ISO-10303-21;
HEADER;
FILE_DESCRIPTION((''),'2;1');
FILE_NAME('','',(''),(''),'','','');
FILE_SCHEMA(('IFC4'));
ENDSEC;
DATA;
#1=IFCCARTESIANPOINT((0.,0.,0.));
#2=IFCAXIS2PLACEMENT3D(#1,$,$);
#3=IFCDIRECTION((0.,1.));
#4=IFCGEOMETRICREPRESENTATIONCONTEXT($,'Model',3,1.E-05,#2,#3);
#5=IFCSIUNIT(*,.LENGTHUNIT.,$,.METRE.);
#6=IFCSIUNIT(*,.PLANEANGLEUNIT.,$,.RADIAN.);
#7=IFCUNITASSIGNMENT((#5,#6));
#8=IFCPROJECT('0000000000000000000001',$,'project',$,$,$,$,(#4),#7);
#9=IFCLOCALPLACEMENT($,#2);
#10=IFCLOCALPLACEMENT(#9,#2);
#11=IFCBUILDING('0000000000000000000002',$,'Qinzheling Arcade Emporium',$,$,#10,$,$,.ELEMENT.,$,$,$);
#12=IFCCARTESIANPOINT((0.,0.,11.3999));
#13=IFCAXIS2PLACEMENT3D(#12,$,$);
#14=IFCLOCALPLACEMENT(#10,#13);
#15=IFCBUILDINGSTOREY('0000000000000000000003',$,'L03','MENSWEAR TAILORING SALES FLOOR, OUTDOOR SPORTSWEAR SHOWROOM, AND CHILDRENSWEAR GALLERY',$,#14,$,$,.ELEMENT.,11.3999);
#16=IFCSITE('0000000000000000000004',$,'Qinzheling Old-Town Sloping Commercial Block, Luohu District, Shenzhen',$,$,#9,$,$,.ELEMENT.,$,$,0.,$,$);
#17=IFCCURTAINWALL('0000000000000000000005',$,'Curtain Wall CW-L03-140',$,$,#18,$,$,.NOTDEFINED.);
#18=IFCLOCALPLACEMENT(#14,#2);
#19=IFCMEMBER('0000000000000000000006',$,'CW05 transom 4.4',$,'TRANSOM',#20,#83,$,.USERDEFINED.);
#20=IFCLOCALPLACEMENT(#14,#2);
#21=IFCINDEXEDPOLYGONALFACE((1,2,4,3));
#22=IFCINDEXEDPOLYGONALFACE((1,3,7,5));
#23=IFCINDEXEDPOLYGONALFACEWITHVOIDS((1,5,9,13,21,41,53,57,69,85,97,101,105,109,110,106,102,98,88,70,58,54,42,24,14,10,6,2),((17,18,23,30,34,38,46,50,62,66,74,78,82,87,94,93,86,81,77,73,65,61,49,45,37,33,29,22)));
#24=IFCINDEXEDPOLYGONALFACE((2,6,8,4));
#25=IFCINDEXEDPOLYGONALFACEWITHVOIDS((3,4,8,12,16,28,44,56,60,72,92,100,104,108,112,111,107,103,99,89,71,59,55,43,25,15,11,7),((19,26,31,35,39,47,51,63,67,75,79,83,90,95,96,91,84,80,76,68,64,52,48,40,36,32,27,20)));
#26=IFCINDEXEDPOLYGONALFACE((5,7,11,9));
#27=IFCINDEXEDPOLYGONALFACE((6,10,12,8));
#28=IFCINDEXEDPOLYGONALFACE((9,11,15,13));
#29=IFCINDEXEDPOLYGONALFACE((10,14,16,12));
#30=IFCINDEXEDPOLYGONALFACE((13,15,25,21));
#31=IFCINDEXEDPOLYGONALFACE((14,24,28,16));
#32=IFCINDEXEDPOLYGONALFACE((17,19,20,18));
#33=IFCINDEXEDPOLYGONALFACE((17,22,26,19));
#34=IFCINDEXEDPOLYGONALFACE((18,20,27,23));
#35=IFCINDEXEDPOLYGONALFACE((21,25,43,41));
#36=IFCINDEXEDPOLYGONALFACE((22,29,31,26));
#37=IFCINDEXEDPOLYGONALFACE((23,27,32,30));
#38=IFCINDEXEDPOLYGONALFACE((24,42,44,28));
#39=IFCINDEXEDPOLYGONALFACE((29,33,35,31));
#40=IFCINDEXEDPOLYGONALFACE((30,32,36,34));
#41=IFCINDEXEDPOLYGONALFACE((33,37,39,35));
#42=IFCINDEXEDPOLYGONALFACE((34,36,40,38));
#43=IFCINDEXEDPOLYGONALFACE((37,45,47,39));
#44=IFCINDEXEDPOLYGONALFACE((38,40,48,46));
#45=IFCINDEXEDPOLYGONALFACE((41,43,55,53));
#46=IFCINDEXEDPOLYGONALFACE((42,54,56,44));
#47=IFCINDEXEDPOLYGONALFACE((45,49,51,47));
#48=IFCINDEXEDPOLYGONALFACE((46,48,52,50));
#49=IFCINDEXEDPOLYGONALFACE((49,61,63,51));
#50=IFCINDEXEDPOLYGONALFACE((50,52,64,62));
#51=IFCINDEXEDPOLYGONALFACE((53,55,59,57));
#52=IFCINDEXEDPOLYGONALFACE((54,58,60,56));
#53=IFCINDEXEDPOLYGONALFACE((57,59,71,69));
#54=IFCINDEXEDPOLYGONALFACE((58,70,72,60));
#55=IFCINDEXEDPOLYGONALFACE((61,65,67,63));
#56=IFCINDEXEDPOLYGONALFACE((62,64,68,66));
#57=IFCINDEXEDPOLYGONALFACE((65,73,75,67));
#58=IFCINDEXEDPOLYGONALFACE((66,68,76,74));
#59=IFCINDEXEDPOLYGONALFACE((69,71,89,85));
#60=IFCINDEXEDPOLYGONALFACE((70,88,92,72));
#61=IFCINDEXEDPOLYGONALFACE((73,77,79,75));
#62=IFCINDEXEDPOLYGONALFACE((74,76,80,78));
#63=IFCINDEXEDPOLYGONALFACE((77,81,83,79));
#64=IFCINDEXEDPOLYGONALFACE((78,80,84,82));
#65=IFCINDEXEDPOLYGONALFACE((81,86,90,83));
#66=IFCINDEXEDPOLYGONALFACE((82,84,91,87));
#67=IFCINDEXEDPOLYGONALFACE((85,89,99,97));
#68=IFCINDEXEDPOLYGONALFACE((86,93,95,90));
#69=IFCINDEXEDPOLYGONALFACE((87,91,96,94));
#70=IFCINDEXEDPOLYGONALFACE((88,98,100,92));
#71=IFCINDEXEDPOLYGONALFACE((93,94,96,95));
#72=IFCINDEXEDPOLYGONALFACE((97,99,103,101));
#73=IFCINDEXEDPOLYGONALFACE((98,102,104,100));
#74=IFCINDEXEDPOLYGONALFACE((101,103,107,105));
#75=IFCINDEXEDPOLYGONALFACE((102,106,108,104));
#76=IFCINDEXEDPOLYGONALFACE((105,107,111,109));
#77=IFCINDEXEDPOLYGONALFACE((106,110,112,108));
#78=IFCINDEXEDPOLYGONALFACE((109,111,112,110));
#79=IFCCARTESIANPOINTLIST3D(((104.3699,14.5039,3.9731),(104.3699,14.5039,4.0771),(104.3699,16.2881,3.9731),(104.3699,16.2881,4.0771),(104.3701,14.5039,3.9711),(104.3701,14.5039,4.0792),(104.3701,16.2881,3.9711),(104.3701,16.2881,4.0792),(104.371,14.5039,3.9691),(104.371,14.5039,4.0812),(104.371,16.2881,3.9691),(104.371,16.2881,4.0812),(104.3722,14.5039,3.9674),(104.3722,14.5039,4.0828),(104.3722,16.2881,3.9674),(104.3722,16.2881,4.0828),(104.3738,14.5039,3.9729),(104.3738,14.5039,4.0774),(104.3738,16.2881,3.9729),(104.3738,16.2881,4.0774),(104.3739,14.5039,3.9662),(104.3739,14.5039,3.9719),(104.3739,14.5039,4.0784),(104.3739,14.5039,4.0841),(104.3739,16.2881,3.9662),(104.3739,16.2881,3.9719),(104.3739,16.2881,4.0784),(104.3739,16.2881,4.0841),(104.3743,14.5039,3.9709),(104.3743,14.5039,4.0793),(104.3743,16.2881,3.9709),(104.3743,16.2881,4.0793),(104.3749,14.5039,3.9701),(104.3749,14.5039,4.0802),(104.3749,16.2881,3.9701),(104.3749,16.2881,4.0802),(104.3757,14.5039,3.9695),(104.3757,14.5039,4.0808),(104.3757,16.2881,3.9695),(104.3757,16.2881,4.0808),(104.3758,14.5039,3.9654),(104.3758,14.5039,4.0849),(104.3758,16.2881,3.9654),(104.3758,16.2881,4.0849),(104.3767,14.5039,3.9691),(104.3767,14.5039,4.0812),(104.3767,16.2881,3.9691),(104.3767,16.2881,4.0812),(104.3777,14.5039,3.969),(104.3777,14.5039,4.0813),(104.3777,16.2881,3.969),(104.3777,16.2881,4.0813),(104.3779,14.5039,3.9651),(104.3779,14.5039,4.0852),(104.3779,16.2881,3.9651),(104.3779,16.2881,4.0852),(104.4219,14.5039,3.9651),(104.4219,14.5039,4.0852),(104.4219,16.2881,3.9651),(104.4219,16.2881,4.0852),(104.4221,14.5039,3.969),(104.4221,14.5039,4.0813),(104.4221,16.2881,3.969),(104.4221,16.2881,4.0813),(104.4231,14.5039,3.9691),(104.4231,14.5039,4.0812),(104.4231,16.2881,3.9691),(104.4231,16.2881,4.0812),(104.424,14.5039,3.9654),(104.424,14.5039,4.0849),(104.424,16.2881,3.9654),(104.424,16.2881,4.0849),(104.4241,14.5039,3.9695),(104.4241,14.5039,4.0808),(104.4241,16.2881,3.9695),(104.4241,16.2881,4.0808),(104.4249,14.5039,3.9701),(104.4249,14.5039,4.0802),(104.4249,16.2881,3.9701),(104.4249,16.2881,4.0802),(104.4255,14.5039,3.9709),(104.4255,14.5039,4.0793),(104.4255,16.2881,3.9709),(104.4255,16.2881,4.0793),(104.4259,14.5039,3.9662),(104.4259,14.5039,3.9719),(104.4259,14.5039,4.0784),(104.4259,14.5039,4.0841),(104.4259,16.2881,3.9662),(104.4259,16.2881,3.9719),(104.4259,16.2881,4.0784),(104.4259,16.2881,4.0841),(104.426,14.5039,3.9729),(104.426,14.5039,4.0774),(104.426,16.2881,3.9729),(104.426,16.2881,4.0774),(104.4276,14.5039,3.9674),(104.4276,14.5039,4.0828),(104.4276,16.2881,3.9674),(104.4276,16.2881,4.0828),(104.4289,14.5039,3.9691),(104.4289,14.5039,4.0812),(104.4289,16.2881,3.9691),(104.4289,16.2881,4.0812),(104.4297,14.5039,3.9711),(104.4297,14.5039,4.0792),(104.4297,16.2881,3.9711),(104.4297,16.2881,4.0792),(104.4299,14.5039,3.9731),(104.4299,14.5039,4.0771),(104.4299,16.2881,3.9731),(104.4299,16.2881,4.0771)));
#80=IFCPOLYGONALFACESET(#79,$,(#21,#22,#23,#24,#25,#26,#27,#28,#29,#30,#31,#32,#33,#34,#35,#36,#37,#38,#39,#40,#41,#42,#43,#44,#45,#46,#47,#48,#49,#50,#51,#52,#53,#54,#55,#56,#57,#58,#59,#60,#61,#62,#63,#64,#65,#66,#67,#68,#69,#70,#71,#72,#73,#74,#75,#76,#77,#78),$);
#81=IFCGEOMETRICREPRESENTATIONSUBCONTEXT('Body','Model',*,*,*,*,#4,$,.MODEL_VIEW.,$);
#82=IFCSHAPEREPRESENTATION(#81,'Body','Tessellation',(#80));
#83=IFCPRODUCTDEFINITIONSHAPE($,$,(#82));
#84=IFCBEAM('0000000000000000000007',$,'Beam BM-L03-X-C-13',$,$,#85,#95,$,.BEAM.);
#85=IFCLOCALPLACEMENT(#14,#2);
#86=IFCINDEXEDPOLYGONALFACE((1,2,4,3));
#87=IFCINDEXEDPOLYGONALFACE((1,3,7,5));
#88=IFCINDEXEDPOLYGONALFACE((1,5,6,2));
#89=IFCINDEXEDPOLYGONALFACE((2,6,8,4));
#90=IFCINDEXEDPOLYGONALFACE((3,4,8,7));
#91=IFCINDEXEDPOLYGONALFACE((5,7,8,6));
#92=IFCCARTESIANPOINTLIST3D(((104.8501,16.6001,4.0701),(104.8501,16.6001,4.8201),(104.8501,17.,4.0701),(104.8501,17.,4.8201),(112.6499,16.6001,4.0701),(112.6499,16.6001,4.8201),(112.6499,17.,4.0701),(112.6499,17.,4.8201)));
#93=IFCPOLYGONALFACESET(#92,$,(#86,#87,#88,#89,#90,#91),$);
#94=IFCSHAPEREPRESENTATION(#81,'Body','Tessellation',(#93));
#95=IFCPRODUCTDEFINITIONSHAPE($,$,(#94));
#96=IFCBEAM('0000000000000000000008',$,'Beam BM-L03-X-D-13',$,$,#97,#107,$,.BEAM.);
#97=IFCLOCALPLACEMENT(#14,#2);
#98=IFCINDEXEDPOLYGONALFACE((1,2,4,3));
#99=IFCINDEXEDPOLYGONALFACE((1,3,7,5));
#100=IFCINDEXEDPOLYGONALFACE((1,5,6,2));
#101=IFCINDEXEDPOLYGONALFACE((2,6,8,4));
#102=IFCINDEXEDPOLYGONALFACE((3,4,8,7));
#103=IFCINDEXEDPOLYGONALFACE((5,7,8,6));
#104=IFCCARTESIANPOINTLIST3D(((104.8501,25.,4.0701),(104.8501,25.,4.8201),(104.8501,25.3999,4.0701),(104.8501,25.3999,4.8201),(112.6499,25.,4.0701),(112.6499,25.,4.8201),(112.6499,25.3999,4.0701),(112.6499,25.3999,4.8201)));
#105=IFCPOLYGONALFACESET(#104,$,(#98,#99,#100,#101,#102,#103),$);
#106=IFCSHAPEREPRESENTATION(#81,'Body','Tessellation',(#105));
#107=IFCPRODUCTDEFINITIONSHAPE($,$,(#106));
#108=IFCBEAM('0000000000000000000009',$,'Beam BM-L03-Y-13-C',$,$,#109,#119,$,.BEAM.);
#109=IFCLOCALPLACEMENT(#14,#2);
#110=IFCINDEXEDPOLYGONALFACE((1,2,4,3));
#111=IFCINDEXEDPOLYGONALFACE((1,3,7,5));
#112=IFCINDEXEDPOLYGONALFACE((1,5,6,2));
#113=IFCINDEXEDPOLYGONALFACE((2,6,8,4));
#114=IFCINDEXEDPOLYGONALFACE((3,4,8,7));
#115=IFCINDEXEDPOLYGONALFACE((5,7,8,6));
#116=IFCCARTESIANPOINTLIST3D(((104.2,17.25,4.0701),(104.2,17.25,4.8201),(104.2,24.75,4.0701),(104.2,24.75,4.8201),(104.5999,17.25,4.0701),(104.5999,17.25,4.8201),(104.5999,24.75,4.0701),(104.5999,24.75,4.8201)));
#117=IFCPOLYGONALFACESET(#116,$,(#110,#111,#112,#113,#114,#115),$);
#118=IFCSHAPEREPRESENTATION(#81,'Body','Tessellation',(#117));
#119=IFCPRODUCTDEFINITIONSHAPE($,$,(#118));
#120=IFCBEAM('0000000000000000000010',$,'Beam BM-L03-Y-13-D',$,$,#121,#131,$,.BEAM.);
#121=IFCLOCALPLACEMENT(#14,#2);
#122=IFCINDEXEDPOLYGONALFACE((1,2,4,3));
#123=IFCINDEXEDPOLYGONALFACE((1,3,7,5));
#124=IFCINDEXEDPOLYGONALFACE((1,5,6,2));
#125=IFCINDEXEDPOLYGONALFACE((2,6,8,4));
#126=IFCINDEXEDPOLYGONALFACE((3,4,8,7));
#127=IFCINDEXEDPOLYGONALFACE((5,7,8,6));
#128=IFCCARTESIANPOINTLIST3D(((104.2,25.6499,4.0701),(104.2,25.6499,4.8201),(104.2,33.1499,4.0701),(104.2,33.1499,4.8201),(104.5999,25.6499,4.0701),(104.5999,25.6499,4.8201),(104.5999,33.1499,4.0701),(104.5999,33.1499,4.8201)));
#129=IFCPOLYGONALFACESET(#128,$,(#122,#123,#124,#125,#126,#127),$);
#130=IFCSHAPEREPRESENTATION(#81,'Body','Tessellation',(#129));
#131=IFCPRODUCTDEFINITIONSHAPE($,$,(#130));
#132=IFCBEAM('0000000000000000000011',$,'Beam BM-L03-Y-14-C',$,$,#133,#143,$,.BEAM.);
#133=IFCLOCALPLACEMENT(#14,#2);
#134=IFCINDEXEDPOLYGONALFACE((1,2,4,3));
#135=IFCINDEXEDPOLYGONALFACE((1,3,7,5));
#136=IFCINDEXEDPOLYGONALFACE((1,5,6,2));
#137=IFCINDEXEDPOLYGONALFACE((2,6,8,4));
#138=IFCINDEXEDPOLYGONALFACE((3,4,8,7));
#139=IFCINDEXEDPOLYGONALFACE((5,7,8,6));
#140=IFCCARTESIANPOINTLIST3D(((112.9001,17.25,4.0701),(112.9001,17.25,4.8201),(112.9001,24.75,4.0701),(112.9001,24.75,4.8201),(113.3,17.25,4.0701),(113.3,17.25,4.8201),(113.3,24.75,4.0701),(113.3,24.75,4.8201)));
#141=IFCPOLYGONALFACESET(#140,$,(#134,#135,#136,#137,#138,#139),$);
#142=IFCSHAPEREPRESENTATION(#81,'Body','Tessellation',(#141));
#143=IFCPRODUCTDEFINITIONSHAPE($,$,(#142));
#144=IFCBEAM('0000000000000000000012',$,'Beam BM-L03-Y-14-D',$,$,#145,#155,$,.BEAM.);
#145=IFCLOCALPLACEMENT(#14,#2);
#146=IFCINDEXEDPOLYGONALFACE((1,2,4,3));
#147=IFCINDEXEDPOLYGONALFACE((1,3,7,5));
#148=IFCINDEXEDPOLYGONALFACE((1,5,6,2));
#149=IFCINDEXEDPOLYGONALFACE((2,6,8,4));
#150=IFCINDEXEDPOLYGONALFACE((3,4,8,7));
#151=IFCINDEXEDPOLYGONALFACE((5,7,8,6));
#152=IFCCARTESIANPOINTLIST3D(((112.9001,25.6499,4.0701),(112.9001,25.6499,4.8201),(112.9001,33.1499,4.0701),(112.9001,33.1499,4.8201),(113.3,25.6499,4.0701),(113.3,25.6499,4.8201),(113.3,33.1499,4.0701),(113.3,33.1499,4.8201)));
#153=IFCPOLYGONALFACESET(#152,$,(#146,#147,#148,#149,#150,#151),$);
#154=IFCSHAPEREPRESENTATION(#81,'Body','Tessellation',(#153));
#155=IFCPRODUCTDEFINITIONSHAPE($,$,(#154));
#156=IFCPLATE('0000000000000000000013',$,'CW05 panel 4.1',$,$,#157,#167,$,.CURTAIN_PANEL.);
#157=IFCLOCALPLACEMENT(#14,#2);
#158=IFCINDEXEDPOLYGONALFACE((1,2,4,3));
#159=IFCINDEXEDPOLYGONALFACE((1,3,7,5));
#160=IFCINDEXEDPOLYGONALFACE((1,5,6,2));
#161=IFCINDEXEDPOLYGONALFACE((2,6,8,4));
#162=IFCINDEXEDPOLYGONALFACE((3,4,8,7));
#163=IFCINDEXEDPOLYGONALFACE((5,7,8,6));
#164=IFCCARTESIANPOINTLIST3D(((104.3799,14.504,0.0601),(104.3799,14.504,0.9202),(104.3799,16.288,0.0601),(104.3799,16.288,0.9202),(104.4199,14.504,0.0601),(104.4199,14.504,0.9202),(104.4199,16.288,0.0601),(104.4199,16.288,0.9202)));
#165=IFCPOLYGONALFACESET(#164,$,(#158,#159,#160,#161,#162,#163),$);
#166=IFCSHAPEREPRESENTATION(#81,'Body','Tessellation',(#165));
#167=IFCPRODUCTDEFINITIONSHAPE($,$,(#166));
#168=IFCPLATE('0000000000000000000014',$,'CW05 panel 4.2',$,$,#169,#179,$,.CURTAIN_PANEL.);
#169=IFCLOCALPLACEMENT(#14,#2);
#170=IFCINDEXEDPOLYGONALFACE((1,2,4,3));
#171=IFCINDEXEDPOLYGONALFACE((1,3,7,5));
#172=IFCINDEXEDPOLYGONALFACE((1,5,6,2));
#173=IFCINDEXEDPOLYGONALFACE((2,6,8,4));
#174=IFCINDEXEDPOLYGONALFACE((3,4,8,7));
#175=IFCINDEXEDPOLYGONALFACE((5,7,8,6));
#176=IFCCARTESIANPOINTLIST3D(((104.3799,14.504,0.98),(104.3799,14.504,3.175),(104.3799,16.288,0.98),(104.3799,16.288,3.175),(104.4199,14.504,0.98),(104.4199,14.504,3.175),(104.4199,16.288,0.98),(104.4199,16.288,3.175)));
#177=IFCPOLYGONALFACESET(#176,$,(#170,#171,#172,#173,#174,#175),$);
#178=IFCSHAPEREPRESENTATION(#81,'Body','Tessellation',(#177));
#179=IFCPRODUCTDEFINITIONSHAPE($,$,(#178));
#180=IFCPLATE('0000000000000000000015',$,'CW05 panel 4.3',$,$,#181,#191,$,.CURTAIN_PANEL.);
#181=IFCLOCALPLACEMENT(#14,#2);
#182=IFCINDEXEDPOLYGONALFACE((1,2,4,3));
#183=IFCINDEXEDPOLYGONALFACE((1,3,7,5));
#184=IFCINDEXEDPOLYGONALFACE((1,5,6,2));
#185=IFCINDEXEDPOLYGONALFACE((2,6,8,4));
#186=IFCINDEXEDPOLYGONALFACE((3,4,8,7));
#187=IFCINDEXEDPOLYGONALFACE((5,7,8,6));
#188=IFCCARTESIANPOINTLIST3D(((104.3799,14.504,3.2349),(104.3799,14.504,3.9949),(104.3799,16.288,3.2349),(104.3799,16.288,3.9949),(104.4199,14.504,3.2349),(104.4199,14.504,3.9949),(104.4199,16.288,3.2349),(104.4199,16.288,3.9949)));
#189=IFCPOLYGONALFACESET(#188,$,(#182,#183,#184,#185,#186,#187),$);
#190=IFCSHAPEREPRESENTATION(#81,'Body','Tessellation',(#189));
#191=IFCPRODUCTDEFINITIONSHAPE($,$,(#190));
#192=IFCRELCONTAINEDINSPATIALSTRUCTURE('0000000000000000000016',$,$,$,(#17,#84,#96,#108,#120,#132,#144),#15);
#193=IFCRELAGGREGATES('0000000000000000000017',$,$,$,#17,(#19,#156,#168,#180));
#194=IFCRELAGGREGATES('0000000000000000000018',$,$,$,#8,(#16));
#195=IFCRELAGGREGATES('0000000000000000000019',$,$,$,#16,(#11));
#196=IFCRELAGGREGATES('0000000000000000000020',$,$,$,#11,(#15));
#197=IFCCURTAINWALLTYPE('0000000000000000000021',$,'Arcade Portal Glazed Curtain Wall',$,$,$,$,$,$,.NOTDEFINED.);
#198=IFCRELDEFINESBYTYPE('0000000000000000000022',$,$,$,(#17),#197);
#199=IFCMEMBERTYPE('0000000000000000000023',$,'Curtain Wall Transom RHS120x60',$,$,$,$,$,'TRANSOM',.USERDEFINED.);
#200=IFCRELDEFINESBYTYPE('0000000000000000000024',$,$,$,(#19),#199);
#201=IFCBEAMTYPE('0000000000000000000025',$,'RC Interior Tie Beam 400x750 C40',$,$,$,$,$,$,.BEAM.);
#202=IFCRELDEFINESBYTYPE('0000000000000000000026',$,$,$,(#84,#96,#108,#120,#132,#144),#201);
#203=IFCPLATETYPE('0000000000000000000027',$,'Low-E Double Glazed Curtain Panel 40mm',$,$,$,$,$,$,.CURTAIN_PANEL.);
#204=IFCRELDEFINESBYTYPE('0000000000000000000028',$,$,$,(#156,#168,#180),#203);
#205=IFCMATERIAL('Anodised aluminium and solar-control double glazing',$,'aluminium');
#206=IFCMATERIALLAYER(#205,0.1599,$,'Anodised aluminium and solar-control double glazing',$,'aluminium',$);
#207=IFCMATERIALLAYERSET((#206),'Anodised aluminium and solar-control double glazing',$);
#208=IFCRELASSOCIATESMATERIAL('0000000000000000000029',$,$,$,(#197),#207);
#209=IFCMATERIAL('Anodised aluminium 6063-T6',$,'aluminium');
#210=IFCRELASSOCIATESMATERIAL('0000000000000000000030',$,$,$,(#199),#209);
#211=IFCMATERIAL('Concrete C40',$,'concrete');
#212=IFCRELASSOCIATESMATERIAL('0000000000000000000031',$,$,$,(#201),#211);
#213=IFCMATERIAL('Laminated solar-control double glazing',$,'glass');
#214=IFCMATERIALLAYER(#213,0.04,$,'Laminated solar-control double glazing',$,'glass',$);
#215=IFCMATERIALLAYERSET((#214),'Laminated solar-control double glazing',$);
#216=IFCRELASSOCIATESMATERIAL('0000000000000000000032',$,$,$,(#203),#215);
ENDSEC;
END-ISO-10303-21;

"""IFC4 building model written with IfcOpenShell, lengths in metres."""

from ifc_helpers import new_model, si_unit, direction, frame, origin, origin_2d, place, context, subcontext, project, spatial, rectangle, hollow_rectangle, extrude, material, layer, layer_set, material_profile, profile_set, type_object, element, aggregate, save


model = new_model("IFC4")

# Units and contexts
model_context = context("Model", 3, precision=1e-05, world=origin(), true_north=direction((0.0, 1.0)))
body_context = subcontext(model_context, "Body", "Model", "MODEL_VIEW")
ifc_project = project(units=[si_unit("LENGTHUNIT", "METRE"), si_unit("PLANEANGLEUNIT", "RADIAN")], contexts=[model_context])

# Site, building, storey
site_placement = place(None, origin())
site = spatial("IfcSite", under=ifc_project, at=site_placement, Name="Qinzheling Old-Town Sloping Commercial Block, Luohu District, Shenzhen", CompositionType="ELEMENT", RefElevation=0.0)
building_placement = place(site_placement, origin())
building = spatial("IfcBuilding", under=site, at=building_placement, Name="Qinzheling Arcade Emporium", CompositionType="ELEMENT")
storey_placement = place(building_placement, frame((0.0, 0.0, 11.3999)))
storey = spatial("IfcBuildingStorey", under=building, at=storey_placement, Name="L03", Description="MENSWEAR TAILORING SALES FLOOR, OUTDOOR SPORTSWEAR SHOWROOM, AND CHILDRENSWEAR GALLERY", CompositionType="ELEMENT", Elevation=11.3999)

# Curtain wall
ifc_material_1 = material(Name="Anodised aluminium and solar-control double glazing", Category="aluminium")
ifc_layer_1 = layer(ifc_material_1, 0.1599, Name="Anodised aluminium and solar-control double glazing", Category="aluminium")
ifc_layer_set_1 = layer_set([ifc_layer_1], Name="Anodised aluminium and solar-control double glazing")
curtain_wall_type = type_object("IfcCurtainWallType", Name="Arcade Portal Glazed Curtain Wall", PredefinedType="NOTDEFINED", material=ifc_layer_set_1)
curtain_wall_1_placement = place(storey_placement, origin())
curtain_wall_1 = element("IfcCurtainWall", 1, at=curtain_wall_1_placement, inside=storey, type_object=curtain_wall_type, Name="Curtain Wall CW-L03-140", PredefinedType="NOTDEFINED")
ifc_material_2 = material(Name="Anodised aluminium 6063-T6", Category="aluminium")

# Member
ifc_material_profile_1 = material_profile(ifc_material_2, hollow_rectangle(XDim=0.0601, YDim=0.1201, WallThickness=0.0039, InnerFilletRadius=0.0039, OuterFilletRadius=0.0081, at=origin_2d()), Name="RHS 120x60x4", Category="aluminium")
ifc_profile_set_1 = profile_set([ifc_material_profile_1], Name="Anodised aluminium 6063-T6")
member_type_1 = type_object("IfcMemberType", Name="Curtain Wall Transom RHS120x60", ElementType="TRANSOM", PredefinedType="USERDEFINED", material=ifc_profile_set_1)
member_1_placement = place(storey_placement, frame((104.3999, 14.5039, 4.0251), z_axis=(0.0, 1.0, 0.0), x_axis=(-1.0, 0.0, 0.0)))
member_1 = element("IfcMember", 2, at=member_1_placement, type_object=member_type_1, Name="CW05 transom 4.4", ObjectType="TRANSOM", PredefinedType="USERDEFINED", context=body_context, shape_type="SweptSolid", body=[
    extrude(hollow_rectangle(XDim=0.0601, YDim=0.1201, WallThickness=0.0039, InnerFilletRadius=0.0039, OuterFilletRadius=0.0081, at=origin_2d()), origin(), (0.0, 0.0, 1.0), 1.7842),
])

# Beams
ifc_material_3 = material(Name="Concrete C40", Category="concrete")
ifc_material_profile_2 = material_profile(ifc_material_3, rectangle(XDim=0.3999, YDim=0.75, at=origin_2d()), Name="RC 400x750", Category="concrete")
ifc_profile_set_2 = profile_set([ifc_material_profile_2], Name="Concrete C40")
beam_type = type_object("IfcBeamType", Name="RC Interior Tie Beam 400x750 C40", PredefinedType="BEAM", material=ifc_profile_set_2)
for number, where, z_axis, x_axis, name in (
    (3, (104.8501, 16.8, 4.4451), (1.0, 0.0, 0.0), (0.0, 1.0, 0.0), "Beam BM-L03-X-C-13"),
    (4, (104.8501, 25.2, 4.4451), (1.0, 0.0, 0.0), (0.0, 1.0, 0.0), "Beam BM-L03-X-D-13"),
):
    element("IfcBeam", number, at=place(storey_placement, frame(where, z_axis=z_axis, x_axis=x_axis)), inside=storey, type_object=beam_type, Name=name, PredefinedType="BEAM", context=body_context, shape_type="SweptSolid", body=[
        extrude(rectangle(XDim=0.3999, YDim=0.75, at=origin_2d()), origin(), (0.0, 0.0, 1.0), 7.7998),
    ])
for number, where, z_axis, x_axis, name in (
    (5, (104.3999, 17.25, 4.4451), (0.0, 1.0, 0.0), (-1.0, 0.0, 0.0), "Beam BM-L03-Y-13-C"),
    (6, (104.3999, 25.6499, 4.4451), (0.0, 1.0, 0.0), (-1.0, 0.0, 0.0), "Beam BM-L03-Y-13-D"),
    (7, (113.1001, 17.25, 4.4451), (0.0, 1.0, 0.0), (-1.0, 0.0, 0.0), "Beam BM-L03-Y-14-C"),
    (8, (113.1001, 25.6499, 4.4451), (0.0, 1.0, 0.0), (-1.0, 0.0, 0.0), "Beam BM-L03-Y-14-D"),
):
    element("IfcBeam", number, at=place(storey_placement, frame(where, z_axis=z_axis, x_axis=x_axis)), inside=storey, type_object=beam_type, Name=name, PredefinedType="BEAM", context=body_context, shape_type="SweptSolid", body=[
        extrude(rectangle(XDim=0.3999, YDim=0.75, at=origin_2d()), origin(), (0.0, 0.0, 1.0), 7.5),
    ])

# Plates
ifc_material_4 = material(Name="Laminated solar-control double glazing", Category="glass")
ifc_layer_2 = layer(ifc_material_4, 0.04, Name="Laminated solar-control double glazing", Category="glass")
ifc_layer_set_2 = layer_set([ifc_layer_2], Name="Laminated solar-control double glazing")
plate_type = type_object("IfcPlateType", Name="Low-E Double Glazed Curtain Panel 40mm", PredefinedType="CURTAIN_PANEL", material=ifc_layer_set_2)
plate_1_placement = place(storey_placement, frame((104.3999, 15.396, 0.0601), z_axis=(0.0, 0.0, 1.0), x_axis=(0.0, 1.0, 0.0)))
plate_1 = element("IfcPlate", 9, at=plate_1_placement, type_object=plate_type, Name="CW05 panel 4.1", PredefinedType="CURTAIN_PANEL", context=body_context, shape_type="SweptSolid", body=[
    extrude(rectangle(XDim=1.7839, YDim=0.04, at=origin_2d()), origin(), (0.0, 0.0, 1.0), 0.8601),
])
plate_2_placement = place(storey_placement, frame((104.3999, 15.396, 0.98), z_axis=(0.0, 0.0, 1.0), x_axis=(0.0, 1.0, 0.0)))
plate_2 = element("IfcPlate", 10, at=plate_2_placement, type_object=plate_type, Name="CW05 panel 4.2", PredefinedType="CURTAIN_PANEL", context=body_context, shape_type="SweptSolid", body=[
    extrude(rectangle(XDim=1.7839, YDim=0.04, at=origin_2d()), origin(), (0.0, 0.0, 1.0), 2.1951),
])
plate_3_placement = place(storey_placement, frame((104.3999, 15.396, 3.2349), z_axis=(0.0, 0.0, 1.0), x_axis=(0.0, 1.0, 0.0)))
plate_3 = element("IfcPlate", 11, at=plate_3_placement, type_object=plate_type, Name="CW05 panel 4.3", PredefinedType="CURTAIN_PANEL", context=body_context, shape_type="SweptSolid", body=[
    extrude(rectangle(XDim=1.7839, YDim=0.04, at=origin_2d()), origin(), (0.0, 0.0, 1.0), 0.76),
])
aggregate(curtain_wall_1, [member_1, plate_1, plate_2, plate_3])

save(model, "model.ifc")
